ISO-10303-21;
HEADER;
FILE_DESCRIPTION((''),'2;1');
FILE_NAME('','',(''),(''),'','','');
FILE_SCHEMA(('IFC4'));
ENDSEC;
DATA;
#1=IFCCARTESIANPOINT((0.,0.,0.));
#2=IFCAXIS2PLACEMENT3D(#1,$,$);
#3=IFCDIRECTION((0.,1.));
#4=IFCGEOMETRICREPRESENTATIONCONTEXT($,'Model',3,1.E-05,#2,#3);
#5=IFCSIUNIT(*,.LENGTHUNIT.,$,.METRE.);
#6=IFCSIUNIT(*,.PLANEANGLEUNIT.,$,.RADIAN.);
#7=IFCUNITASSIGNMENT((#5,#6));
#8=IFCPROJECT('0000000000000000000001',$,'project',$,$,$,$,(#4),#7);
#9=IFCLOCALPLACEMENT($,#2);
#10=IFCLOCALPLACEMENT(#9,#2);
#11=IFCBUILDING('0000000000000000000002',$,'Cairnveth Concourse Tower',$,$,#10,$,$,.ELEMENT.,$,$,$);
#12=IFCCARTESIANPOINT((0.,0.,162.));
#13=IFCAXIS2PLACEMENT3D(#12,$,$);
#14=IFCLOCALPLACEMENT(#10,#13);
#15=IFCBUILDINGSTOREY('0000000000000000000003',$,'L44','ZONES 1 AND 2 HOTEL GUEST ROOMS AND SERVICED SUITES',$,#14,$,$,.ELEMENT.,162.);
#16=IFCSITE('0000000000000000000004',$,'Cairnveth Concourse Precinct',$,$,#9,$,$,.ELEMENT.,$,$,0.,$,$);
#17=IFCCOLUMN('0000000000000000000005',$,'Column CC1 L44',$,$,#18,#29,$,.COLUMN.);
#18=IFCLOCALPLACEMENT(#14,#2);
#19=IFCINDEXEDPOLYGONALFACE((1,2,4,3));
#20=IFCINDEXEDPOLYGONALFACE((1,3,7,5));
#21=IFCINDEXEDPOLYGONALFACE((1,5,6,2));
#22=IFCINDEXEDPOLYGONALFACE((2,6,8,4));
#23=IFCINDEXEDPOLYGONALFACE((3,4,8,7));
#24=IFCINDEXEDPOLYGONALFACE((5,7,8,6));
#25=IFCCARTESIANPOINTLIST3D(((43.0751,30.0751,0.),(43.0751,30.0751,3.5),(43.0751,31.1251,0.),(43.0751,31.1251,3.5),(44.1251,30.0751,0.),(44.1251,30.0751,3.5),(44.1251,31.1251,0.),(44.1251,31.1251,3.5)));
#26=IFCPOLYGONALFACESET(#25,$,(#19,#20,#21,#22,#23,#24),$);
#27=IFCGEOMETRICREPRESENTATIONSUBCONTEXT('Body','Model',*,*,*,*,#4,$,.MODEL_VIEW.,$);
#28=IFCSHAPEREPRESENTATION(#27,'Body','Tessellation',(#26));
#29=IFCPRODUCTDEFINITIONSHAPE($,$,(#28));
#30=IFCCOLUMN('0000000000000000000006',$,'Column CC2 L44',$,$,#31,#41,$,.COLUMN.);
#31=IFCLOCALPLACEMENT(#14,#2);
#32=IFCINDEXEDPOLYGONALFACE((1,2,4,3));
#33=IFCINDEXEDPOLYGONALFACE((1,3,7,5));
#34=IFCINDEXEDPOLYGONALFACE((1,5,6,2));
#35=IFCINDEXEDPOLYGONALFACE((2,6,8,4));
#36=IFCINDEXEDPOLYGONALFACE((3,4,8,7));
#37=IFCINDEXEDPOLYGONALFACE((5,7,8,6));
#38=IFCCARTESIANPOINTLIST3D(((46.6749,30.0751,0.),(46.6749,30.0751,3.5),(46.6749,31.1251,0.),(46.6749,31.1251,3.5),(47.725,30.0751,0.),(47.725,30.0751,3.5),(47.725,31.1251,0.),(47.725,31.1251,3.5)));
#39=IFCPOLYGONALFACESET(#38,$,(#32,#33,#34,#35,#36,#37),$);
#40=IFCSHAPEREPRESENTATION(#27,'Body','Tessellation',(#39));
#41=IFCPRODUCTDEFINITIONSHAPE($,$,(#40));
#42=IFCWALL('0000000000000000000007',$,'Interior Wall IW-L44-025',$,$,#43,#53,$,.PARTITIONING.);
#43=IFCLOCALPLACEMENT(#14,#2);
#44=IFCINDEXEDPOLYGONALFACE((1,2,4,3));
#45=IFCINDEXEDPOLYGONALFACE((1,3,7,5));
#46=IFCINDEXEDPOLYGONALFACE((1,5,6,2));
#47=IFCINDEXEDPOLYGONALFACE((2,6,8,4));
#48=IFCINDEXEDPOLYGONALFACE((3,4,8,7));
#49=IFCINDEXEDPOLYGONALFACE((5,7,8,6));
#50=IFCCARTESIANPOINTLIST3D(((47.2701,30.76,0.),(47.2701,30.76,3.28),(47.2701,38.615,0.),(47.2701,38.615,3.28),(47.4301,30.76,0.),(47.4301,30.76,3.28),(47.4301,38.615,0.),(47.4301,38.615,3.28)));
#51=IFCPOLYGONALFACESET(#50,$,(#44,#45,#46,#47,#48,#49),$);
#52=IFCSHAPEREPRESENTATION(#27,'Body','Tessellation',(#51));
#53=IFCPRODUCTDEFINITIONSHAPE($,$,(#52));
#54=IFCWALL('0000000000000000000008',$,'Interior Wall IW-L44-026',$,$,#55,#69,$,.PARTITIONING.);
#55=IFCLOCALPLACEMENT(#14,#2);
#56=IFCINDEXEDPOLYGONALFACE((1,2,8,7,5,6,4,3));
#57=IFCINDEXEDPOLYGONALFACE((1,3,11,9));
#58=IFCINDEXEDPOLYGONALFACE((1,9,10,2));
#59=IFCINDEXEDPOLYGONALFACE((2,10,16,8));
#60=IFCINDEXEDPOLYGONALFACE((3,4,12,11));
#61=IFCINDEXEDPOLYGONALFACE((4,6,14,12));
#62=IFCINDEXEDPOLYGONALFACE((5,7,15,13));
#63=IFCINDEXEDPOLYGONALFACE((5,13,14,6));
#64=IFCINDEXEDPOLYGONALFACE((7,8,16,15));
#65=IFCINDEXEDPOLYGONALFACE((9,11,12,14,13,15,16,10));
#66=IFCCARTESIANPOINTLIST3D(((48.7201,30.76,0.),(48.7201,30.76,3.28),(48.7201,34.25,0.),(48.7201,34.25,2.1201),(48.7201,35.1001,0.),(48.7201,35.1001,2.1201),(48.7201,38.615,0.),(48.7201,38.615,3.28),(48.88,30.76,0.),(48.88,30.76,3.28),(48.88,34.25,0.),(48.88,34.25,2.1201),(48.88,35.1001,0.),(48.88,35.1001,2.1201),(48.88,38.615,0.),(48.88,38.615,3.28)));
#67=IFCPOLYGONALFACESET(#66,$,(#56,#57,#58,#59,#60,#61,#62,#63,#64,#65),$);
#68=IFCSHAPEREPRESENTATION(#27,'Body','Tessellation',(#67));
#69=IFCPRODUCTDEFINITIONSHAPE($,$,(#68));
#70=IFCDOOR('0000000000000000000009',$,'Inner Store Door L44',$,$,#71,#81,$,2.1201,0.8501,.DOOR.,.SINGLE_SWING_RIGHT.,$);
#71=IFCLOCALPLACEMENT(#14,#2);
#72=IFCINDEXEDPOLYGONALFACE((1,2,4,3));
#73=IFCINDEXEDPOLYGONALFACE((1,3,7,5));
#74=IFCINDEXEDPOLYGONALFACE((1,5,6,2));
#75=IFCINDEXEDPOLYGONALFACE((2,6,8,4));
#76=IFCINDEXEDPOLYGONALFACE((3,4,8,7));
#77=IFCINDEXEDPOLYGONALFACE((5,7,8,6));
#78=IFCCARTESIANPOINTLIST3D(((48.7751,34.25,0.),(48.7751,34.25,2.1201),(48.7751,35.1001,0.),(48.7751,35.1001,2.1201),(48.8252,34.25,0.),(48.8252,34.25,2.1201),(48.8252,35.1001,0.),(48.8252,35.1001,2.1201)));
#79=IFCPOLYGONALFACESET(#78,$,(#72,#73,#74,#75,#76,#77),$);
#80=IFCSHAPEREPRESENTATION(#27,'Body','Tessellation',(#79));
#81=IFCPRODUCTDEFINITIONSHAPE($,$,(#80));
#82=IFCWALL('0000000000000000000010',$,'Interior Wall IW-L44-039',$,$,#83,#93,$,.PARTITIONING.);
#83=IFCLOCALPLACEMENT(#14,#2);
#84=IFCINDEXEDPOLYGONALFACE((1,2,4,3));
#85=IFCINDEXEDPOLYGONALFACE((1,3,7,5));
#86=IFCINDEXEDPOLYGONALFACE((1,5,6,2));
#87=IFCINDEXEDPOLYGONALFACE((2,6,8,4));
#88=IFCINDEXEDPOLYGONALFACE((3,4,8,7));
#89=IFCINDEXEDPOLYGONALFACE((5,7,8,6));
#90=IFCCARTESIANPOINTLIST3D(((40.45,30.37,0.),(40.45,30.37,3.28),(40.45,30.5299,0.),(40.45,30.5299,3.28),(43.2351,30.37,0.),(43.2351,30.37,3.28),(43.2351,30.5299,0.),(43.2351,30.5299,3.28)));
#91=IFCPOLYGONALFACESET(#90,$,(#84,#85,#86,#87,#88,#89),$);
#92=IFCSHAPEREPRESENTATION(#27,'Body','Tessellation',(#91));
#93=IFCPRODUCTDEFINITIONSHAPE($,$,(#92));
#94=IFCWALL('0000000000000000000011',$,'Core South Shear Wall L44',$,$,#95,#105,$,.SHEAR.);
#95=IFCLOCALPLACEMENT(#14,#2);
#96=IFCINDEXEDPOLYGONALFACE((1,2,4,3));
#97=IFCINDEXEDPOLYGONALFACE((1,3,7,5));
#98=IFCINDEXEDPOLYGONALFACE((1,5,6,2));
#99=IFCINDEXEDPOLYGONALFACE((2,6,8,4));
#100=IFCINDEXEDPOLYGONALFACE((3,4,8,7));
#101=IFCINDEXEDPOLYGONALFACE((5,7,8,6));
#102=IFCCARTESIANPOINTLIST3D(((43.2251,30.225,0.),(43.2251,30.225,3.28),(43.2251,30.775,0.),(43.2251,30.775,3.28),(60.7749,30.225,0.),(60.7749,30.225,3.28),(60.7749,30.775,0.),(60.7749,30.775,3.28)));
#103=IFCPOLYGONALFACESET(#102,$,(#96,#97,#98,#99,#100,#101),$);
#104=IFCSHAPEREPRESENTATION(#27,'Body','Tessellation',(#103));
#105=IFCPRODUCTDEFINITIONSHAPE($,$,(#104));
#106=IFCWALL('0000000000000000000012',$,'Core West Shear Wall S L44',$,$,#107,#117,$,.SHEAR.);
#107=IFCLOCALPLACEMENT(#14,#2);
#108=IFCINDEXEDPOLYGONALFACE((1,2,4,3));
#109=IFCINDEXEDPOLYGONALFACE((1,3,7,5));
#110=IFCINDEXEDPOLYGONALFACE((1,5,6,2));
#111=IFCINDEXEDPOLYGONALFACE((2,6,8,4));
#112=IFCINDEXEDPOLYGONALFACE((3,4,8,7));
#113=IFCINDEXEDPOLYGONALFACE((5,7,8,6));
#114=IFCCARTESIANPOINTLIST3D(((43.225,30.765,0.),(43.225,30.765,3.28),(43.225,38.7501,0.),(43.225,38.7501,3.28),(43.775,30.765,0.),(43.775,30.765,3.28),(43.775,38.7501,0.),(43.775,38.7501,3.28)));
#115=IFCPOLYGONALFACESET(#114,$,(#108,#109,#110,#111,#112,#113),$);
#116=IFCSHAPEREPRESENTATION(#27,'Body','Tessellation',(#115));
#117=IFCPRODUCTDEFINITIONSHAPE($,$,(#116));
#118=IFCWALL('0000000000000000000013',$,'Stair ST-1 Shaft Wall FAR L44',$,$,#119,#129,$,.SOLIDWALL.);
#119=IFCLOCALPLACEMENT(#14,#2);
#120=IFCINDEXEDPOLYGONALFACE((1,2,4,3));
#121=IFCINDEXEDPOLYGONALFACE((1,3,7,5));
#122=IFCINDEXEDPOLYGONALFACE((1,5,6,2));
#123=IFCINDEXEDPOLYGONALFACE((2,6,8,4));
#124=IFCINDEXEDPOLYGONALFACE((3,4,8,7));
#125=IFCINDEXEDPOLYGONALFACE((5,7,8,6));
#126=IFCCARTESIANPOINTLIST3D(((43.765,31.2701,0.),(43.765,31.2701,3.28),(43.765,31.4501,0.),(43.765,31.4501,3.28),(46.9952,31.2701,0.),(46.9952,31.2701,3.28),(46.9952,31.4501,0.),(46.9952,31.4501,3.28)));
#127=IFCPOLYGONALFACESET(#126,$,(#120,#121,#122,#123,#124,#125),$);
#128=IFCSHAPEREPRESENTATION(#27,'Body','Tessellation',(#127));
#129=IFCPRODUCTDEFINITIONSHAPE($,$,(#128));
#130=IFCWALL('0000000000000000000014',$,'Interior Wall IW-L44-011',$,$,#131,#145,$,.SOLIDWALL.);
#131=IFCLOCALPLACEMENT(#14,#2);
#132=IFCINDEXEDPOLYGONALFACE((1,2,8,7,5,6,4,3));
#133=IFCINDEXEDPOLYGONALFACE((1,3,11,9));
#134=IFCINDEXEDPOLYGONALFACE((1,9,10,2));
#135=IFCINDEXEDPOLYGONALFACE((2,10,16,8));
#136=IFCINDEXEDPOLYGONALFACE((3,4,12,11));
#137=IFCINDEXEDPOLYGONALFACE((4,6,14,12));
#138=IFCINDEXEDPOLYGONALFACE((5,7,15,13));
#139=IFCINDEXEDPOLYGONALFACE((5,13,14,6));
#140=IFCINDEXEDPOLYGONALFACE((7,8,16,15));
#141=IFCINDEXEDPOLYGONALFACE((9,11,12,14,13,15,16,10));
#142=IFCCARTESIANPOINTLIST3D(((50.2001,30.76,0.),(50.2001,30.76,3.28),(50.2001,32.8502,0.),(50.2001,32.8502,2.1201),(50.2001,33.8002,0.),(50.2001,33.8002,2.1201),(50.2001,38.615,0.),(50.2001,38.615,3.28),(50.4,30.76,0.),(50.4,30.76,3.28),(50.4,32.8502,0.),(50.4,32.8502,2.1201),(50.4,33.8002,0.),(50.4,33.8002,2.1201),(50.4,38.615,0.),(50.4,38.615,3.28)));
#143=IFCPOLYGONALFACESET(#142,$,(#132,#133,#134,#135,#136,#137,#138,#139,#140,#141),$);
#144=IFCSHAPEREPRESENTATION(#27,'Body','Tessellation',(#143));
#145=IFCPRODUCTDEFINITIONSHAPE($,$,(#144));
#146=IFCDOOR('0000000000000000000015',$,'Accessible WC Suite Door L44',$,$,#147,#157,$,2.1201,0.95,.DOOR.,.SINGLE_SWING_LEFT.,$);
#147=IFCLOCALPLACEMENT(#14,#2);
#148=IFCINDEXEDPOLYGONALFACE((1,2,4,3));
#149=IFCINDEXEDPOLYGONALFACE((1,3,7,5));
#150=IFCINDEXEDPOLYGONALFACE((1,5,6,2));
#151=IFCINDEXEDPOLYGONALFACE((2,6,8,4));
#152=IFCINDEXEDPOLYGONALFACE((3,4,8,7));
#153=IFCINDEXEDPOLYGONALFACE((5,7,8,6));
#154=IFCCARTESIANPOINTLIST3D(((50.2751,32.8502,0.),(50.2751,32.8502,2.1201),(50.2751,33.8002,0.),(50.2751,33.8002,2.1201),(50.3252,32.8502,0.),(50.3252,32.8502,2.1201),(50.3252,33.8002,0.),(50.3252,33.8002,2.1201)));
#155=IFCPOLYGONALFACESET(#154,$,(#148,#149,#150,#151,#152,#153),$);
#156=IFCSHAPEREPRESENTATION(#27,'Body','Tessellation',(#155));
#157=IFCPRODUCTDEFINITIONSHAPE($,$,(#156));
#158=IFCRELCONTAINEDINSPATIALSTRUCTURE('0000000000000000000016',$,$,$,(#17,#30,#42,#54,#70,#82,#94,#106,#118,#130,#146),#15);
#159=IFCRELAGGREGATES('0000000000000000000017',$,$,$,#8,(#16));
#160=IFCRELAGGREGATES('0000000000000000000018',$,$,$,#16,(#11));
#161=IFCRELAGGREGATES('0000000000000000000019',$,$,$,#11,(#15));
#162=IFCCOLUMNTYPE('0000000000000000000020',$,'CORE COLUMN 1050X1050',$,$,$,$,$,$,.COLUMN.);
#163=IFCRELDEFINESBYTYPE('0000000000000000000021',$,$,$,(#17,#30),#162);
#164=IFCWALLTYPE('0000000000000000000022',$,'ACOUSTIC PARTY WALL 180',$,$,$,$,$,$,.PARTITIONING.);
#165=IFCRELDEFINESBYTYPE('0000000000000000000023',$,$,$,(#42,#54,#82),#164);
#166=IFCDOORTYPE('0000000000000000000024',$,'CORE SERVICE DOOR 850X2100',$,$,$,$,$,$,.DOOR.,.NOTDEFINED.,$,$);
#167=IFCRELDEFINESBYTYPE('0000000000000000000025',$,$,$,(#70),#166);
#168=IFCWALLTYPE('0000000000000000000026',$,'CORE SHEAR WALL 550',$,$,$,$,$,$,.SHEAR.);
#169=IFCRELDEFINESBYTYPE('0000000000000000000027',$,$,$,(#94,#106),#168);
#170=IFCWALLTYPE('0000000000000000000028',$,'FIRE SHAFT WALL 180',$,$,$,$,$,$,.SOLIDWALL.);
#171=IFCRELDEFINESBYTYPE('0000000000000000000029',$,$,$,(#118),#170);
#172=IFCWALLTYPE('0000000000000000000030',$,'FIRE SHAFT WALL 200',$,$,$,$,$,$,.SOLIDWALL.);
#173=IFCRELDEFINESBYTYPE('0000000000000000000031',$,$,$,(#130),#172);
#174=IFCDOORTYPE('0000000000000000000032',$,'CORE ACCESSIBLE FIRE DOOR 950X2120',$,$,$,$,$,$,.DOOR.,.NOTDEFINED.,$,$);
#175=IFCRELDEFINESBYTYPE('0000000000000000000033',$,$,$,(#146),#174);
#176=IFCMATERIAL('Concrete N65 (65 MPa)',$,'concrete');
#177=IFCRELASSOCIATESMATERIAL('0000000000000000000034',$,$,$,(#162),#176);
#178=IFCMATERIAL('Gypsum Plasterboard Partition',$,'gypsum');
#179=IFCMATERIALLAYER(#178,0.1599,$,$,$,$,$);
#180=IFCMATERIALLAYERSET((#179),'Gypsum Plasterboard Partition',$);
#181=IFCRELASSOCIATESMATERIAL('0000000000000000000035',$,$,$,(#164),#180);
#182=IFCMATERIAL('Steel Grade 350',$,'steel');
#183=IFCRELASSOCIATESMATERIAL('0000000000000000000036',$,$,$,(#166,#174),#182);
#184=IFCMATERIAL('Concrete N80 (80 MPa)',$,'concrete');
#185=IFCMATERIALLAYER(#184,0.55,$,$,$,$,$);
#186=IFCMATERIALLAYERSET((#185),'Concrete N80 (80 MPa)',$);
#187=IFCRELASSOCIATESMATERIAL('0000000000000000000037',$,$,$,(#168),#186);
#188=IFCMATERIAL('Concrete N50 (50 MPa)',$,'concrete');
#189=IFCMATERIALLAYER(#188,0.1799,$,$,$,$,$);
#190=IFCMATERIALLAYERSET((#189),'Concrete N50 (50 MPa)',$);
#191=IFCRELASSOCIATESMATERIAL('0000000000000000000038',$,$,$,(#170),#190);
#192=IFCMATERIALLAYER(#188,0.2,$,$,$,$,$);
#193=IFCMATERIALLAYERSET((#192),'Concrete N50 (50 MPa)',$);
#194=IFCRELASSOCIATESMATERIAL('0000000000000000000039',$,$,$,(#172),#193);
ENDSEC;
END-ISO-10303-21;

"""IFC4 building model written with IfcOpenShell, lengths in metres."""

from ifc_helpers import new_model, si_unit, direction, frame, frame_2d, origin, origin_2d, place, context, subcontext, project, spatial, rectangle, extrude, material, layer, layer_set, material_profile, profile_set, type_object, element, fill, save


model = new_model("IFC4")

# Units and contexts
model_context = context("Model", 3, precision=1e-05, world=origin(), true_north=direction((0.0, 1.0)))
body_context = subcontext(model_context, "Body", "Model", "MODEL_VIEW")
ifc_project = project(units=[si_unit("LENGTHUNIT", "METRE"), si_unit("PLANEANGLEUNIT", "RADIAN")], contexts=[model_context])

# Site, building, storey
site_placement = place(None, origin())
site = spatial("IfcSite", under=ifc_project, at=site_placement, Name="Cairnveth Concourse Precinct", CompositionType="ELEMENT", RefElevation=0.0)
building_placement = place(site_placement, origin())
building = spatial("IfcBuilding", under=site, at=building_placement, Name="Cairnveth Concourse Tower", CompositionType="ELEMENT")
storey_placement = place(building_placement, frame((0.0, 0.0, 162.0)))
storey = spatial("IfcBuildingStorey", under=building, at=storey_placement, Name="L44", Description="ZONES 1 AND 2 HOTEL GUEST ROOMS AND SERVICED SUITES", CompositionType="ELEMENT", Elevation=162.0)

# Columns
ifc_material_1 = material(Name="Concrete N65 (65 MPa)", Category="concrete")
ifc_material_profile = material_profile(ifc_material_1, rectangle(XDim=1.05, YDim=1.05, at=origin_2d()), Name="RC-COL-1050x1050")
ifc_profile_set = profile_set([ifc_material_profile], Name="Concrete N65 (65 MPa)")
column_type = type_object("IfcColumnType", Name="CORE COLUMN 1050X1050", PredefinedType="COLUMN", material=ifc_profile_set)
for number, where, z_axis, x_axis, name in (
    (1, (43.6001, 30.6001, 0.0), (0.0, 0.0, 1.0), (1.0, 0.0, 0.0), "Column CC1 L44"),
    (2, (47.2, 30.6001, 0.0), (0.0, 0.0, 1.0), (1.0, 0.0, 0.0), "Column CC2 L44"),
):
    element("IfcColumn", number, at=place(storey_placement, frame(where, z_axis=z_axis, x_axis=x_axis)), inside=storey, type_object=column_type, Name=name, PredefinedType="COLUMN", context=body_context, shape_type="SweptSolid", body=[
        extrude(rectangle(XDim=1.05, YDim=1.05, at=origin_2d()), origin(), (0.0, 0.0, 1.0), 3.5),
    ])

# Wall
ifc_material_2 = material(Name="Gypsum Plasterboard Partition", Category="gypsum")
ifc_layer_1 = layer(ifc_material_2, 0.1599)
ifc_layer_set_1 = layer_set([ifc_layer_1], Name="Gypsum Plasterboard Partition")
wall_type_1 = type_object("IfcWallType", Name="ACOUSTIC PARTY WALL 180", PredefinedType="PARTITIONING", material=ifc_layer_set_1)
wall_1_placement = place(storey_placement, frame((47.3501, 30.76, 0.0), z_axis=(0.0, 0.0, 1.0), x_axis=(0.0, 1.0, 0.0)))
element("IfcWall", 3, at=wall_1_placement, inside=storey, type_object=wall_type_1, Name="Interior Wall IW-L44-025", PredefinedType="PARTITIONING", context=body_context, shape_type="SweptSolid", body=[
    extrude(rectangle(XDim=7.855, YDim=0.1599, at=frame_2d((3.9275, 0.0))), origin(), (0.0, 0.0, 1.0), 3.28),
])

# Wall, opening, door
wall_2_placement = place(storey_placement, frame((48.8, 30.76, 0.0), z_axis=(0.0, 0.0, 1.0), x_axis=(0.0, 1.0, 0.0)))
wall_2 = element("IfcWall", 4, at=wall_2_placement, inside=storey, type_object=wall_type_1, Name="Interior Wall IW-L44-026", PredefinedType="PARTITIONING", context=body_context, shape_type="SweptSolid", body=[
    extrude(rectangle(XDim=7.855, YDim=0.1599, at=frame_2d((3.9275, 0.0))), origin(), (0.0, 0.0, 1.0), 3.28),
])
opening_1_placement = place(wall_2_placement, frame((3.49, 0.0, 0.0)))
opening_1 = element("IfcOpeningElement", 5, at=opening_1_placement, cuts=wall_2, PredefinedType="OPENING", context=body_context, shape_type="SweptSolid", body=[
    extrude(rectangle(XDim=0.8501, YDim=2.1201, at=frame_2d((0.425, 1.0601))), frame((0.0, 0.0898, 0.0), z_axis=(0.0, -1.0, 0.0), x_axis=(1.0, 0.0, 0.0)), (0.0, 0.0, 1.0), 0.1799),
])
ifc_material_3 = material(Name="Steel Grade 350", Category="steel")
door_type_1 = type_object("IfcDoorType", Name="CORE SERVICE DOOR 850X2100", OperationType="NOTDEFINED", PredefinedType="DOOR", material=ifc_material_3)
door_1_placement = place(opening_1_placement, origin())
door_1 = element("IfcDoor", 6, at=door_1_placement, inside=storey, type_object=door_type_1, Name="Inner Store Door L44", OperationType="SINGLE_SWING_RIGHT", OverallHeight=2.1201, OverallWidth=0.8501, PredefinedType="DOOR", context=body_context, shape_type="SweptSolid", body=[
    extrude(rectangle(XDim=0.8501, YDim=2.1201, at=frame_2d((0.425, 1.0601))), frame((0.0, 0.0249, 0.0), z_axis=(0.0, -1.0, 0.0), x_axis=(1.0, 0.0, 0.0)), (0.0, 0.0, 1.0), 0.05),
])
fill(opening_1, door_1)

# Wall
wall_3_placement = place(storey_placement, frame((40.45, 30.45, 0.0), z_axis=(0.0, 0.0, 1.0), x_axis=(1.0, 0.0, 0.0)))
element("IfcWall", 7, at=wall_3_placement, inside=storey, type_object=wall_type_1, Name="Interior Wall IW-L44-039", PredefinedType="PARTITIONING", context=body_context, shape_type="SweptSolid", body=[
    extrude(rectangle(XDim=2.7852, YDim=0.1599, at=frame_2d((1.3926, 0.0))), origin(), (0.0, 0.0, 1.0), 3.28),
])

# Walls
ifc_material_4 = material(Name="Concrete N80 (80 MPa)", Category="concrete")
ifc_layer_2 = layer(ifc_material_4, 0.55)
ifc_layer_set_2 = layer_set([ifc_layer_2], Name="Concrete N80 (80 MPa)")
wall_type_2 = type_object("IfcWallType", Name="CORE SHEAR WALL 550", PredefinedType="SHEAR", material=ifc_layer_set_2)
wall_4_placement = place(storey_placement, frame((43.2251, 30.5, 0.0), z_axis=(0.0, 0.0, 1.0), x_axis=(1.0, 0.0, 0.0)))
element("IfcWall", 8, at=wall_4_placement, inside=storey, type_object=wall_type_2, Name="Core South Shear Wall L44", PredefinedType="SHEAR", context=body_context, shape_type="SweptSolid", body=[
    extrude(rectangle(XDim=17.5498, YDim=0.55, at=frame_2d((8.7749, 0.0))), origin(), (0.0, 0.0, 1.0), 3.28),
])
wall_5_placement = place(storey_placement, frame((43.5, 30.7649, 0.0), z_axis=(0.0, 0.0, 1.0), x_axis=(0.0, 1.0, 0.0)))
element("IfcWall", 9, at=wall_5_placement, inside=storey, type_object=wall_type_2, Name="Core West Shear Wall S L44", PredefinedType="SHEAR", context=body_context, shape_type="SweptSolid", body=[
    extrude(rectangle(XDim=7.9851, YDim=0.55, at=frame_2d((3.9927, 0.0))), origin(), (0.0, 0.0, 1.0), 3.28),
])
ifc_material_5 = material(Name="Concrete N50 (50 MPa)", Category="concrete")
ifc_layer_3 = layer(ifc_material_5, 0.1799)
ifc_layer_set_3 = layer_set([ifc_layer_3], Name="Concrete N50 (50 MPa)")
wall_type_3 = type_object("IfcWallType", Name="FIRE SHAFT WALL 180", PredefinedType="SOLIDWALL", material=ifc_layer_set_3)
wall_6_placement = place(storey_placement, frame((43.7649, 31.3601, 0.0), z_axis=(0.0, 0.0, 1.0), x_axis=(1.0, 0.0, 0.0)))
element("IfcWall", 10, at=wall_6_placement, inside=storey, type_object=wall_type_3, Name="Stair ST-1 Shaft Wall FAR L44", PredefinedType="SOLIDWALL", context=body_context, shape_type="SweptSolid", body=[
    extrude(rectangle(XDim=3.2302, YDim=0.1799, at=frame_2d((1.6152, 0.0))), origin(), (0.0, 0.0, 1.0), 3.28),
])

# Wall, opening, door
ifc_layer_4 = layer(ifc_material_5, 0.2)
ifc_layer_set_4 = layer_set([ifc_layer_4], Name="Concrete N50 (50 MPa)")
wall_type_4 = type_object("IfcWallType", Name="FIRE SHAFT WALL 200", PredefinedType="SOLIDWALL", material=ifc_layer_set_4)
wall_7_placement = place(storey_placement, frame((50.3, 30.76, 0.0), z_axis=(0.0, 0.0, 1.0), x_axis=(0.0, 1.0, 0.0)))
wall_7 = element("IfcWall", 11, at=wall_7_placement, inside=storey, type_object=wall_type_4, Name="Interior Wall IW-L44-011", PredefinedType="SOLIDWALL", context=body_context, shape_type="SweptSolid", body=[
    extrude(rectangle(XDim=7.855, YDim=0.2, at=frame_2d((3.9275, 0.0))), origin(), (0.0, 0.0, 1.0), 3.28),
])
opening_2_placement = place(wall_7_placement, frame((2.0901, 0.0, 0.0)))
opening_2 = element("IfcOpeningElement", 12, at=opening_2_placement, cuts=wall_7, PredefinedType="OPENING", context=body_context, shape_type="SweptSolid", body=[
    extrude(rectangle(XDim=0.95, YDim=2.1201, at=frame_2d((0.4751, 1.0601))), frame((0.0, 0.1099, 0.0), z_axis=(0.0, -1.0, 0.0), x_axis=(1.0, 0.0, 0.0)), (0.0, 0.0, 1.0), 0.22),
])
door_type_2 = type_object("IfcDoorType", Name="CORE ACCESSIBLE FIRE DOOR 950X2120", OperationType="NOTDEFINED", PredefinedType="DOOR", material=ifc_material_3)
door_2_placement = place(opening_2_placement, origin())
door_2 = element("IfcDoor", 13, at=door_2_placement, inside=storey, type_object=door_type_2, Name="Accessible WC Suite Door L44", OperationType="SINGLE_SWING_LEFT", OverallHeight=2.1201, OverallWidth=0.95, PredefinedType="DOOR", context=body_context, shape_type="SweptSolid", body=[
    extrude(rectangle(XDim=0.95, YDim=2.1201, at=frame_2d((0.4751, 1.0601))), frame((0.0, 0.0249, 0.0), z_axis=(0.0, -1.0, 0.0), x_axis=(1.0, 0.0, 0.0)), (0.0, 0.0, 1.0), 0.05),
])
fill(opening_2, door_2)

save(model, "model.ifc")
